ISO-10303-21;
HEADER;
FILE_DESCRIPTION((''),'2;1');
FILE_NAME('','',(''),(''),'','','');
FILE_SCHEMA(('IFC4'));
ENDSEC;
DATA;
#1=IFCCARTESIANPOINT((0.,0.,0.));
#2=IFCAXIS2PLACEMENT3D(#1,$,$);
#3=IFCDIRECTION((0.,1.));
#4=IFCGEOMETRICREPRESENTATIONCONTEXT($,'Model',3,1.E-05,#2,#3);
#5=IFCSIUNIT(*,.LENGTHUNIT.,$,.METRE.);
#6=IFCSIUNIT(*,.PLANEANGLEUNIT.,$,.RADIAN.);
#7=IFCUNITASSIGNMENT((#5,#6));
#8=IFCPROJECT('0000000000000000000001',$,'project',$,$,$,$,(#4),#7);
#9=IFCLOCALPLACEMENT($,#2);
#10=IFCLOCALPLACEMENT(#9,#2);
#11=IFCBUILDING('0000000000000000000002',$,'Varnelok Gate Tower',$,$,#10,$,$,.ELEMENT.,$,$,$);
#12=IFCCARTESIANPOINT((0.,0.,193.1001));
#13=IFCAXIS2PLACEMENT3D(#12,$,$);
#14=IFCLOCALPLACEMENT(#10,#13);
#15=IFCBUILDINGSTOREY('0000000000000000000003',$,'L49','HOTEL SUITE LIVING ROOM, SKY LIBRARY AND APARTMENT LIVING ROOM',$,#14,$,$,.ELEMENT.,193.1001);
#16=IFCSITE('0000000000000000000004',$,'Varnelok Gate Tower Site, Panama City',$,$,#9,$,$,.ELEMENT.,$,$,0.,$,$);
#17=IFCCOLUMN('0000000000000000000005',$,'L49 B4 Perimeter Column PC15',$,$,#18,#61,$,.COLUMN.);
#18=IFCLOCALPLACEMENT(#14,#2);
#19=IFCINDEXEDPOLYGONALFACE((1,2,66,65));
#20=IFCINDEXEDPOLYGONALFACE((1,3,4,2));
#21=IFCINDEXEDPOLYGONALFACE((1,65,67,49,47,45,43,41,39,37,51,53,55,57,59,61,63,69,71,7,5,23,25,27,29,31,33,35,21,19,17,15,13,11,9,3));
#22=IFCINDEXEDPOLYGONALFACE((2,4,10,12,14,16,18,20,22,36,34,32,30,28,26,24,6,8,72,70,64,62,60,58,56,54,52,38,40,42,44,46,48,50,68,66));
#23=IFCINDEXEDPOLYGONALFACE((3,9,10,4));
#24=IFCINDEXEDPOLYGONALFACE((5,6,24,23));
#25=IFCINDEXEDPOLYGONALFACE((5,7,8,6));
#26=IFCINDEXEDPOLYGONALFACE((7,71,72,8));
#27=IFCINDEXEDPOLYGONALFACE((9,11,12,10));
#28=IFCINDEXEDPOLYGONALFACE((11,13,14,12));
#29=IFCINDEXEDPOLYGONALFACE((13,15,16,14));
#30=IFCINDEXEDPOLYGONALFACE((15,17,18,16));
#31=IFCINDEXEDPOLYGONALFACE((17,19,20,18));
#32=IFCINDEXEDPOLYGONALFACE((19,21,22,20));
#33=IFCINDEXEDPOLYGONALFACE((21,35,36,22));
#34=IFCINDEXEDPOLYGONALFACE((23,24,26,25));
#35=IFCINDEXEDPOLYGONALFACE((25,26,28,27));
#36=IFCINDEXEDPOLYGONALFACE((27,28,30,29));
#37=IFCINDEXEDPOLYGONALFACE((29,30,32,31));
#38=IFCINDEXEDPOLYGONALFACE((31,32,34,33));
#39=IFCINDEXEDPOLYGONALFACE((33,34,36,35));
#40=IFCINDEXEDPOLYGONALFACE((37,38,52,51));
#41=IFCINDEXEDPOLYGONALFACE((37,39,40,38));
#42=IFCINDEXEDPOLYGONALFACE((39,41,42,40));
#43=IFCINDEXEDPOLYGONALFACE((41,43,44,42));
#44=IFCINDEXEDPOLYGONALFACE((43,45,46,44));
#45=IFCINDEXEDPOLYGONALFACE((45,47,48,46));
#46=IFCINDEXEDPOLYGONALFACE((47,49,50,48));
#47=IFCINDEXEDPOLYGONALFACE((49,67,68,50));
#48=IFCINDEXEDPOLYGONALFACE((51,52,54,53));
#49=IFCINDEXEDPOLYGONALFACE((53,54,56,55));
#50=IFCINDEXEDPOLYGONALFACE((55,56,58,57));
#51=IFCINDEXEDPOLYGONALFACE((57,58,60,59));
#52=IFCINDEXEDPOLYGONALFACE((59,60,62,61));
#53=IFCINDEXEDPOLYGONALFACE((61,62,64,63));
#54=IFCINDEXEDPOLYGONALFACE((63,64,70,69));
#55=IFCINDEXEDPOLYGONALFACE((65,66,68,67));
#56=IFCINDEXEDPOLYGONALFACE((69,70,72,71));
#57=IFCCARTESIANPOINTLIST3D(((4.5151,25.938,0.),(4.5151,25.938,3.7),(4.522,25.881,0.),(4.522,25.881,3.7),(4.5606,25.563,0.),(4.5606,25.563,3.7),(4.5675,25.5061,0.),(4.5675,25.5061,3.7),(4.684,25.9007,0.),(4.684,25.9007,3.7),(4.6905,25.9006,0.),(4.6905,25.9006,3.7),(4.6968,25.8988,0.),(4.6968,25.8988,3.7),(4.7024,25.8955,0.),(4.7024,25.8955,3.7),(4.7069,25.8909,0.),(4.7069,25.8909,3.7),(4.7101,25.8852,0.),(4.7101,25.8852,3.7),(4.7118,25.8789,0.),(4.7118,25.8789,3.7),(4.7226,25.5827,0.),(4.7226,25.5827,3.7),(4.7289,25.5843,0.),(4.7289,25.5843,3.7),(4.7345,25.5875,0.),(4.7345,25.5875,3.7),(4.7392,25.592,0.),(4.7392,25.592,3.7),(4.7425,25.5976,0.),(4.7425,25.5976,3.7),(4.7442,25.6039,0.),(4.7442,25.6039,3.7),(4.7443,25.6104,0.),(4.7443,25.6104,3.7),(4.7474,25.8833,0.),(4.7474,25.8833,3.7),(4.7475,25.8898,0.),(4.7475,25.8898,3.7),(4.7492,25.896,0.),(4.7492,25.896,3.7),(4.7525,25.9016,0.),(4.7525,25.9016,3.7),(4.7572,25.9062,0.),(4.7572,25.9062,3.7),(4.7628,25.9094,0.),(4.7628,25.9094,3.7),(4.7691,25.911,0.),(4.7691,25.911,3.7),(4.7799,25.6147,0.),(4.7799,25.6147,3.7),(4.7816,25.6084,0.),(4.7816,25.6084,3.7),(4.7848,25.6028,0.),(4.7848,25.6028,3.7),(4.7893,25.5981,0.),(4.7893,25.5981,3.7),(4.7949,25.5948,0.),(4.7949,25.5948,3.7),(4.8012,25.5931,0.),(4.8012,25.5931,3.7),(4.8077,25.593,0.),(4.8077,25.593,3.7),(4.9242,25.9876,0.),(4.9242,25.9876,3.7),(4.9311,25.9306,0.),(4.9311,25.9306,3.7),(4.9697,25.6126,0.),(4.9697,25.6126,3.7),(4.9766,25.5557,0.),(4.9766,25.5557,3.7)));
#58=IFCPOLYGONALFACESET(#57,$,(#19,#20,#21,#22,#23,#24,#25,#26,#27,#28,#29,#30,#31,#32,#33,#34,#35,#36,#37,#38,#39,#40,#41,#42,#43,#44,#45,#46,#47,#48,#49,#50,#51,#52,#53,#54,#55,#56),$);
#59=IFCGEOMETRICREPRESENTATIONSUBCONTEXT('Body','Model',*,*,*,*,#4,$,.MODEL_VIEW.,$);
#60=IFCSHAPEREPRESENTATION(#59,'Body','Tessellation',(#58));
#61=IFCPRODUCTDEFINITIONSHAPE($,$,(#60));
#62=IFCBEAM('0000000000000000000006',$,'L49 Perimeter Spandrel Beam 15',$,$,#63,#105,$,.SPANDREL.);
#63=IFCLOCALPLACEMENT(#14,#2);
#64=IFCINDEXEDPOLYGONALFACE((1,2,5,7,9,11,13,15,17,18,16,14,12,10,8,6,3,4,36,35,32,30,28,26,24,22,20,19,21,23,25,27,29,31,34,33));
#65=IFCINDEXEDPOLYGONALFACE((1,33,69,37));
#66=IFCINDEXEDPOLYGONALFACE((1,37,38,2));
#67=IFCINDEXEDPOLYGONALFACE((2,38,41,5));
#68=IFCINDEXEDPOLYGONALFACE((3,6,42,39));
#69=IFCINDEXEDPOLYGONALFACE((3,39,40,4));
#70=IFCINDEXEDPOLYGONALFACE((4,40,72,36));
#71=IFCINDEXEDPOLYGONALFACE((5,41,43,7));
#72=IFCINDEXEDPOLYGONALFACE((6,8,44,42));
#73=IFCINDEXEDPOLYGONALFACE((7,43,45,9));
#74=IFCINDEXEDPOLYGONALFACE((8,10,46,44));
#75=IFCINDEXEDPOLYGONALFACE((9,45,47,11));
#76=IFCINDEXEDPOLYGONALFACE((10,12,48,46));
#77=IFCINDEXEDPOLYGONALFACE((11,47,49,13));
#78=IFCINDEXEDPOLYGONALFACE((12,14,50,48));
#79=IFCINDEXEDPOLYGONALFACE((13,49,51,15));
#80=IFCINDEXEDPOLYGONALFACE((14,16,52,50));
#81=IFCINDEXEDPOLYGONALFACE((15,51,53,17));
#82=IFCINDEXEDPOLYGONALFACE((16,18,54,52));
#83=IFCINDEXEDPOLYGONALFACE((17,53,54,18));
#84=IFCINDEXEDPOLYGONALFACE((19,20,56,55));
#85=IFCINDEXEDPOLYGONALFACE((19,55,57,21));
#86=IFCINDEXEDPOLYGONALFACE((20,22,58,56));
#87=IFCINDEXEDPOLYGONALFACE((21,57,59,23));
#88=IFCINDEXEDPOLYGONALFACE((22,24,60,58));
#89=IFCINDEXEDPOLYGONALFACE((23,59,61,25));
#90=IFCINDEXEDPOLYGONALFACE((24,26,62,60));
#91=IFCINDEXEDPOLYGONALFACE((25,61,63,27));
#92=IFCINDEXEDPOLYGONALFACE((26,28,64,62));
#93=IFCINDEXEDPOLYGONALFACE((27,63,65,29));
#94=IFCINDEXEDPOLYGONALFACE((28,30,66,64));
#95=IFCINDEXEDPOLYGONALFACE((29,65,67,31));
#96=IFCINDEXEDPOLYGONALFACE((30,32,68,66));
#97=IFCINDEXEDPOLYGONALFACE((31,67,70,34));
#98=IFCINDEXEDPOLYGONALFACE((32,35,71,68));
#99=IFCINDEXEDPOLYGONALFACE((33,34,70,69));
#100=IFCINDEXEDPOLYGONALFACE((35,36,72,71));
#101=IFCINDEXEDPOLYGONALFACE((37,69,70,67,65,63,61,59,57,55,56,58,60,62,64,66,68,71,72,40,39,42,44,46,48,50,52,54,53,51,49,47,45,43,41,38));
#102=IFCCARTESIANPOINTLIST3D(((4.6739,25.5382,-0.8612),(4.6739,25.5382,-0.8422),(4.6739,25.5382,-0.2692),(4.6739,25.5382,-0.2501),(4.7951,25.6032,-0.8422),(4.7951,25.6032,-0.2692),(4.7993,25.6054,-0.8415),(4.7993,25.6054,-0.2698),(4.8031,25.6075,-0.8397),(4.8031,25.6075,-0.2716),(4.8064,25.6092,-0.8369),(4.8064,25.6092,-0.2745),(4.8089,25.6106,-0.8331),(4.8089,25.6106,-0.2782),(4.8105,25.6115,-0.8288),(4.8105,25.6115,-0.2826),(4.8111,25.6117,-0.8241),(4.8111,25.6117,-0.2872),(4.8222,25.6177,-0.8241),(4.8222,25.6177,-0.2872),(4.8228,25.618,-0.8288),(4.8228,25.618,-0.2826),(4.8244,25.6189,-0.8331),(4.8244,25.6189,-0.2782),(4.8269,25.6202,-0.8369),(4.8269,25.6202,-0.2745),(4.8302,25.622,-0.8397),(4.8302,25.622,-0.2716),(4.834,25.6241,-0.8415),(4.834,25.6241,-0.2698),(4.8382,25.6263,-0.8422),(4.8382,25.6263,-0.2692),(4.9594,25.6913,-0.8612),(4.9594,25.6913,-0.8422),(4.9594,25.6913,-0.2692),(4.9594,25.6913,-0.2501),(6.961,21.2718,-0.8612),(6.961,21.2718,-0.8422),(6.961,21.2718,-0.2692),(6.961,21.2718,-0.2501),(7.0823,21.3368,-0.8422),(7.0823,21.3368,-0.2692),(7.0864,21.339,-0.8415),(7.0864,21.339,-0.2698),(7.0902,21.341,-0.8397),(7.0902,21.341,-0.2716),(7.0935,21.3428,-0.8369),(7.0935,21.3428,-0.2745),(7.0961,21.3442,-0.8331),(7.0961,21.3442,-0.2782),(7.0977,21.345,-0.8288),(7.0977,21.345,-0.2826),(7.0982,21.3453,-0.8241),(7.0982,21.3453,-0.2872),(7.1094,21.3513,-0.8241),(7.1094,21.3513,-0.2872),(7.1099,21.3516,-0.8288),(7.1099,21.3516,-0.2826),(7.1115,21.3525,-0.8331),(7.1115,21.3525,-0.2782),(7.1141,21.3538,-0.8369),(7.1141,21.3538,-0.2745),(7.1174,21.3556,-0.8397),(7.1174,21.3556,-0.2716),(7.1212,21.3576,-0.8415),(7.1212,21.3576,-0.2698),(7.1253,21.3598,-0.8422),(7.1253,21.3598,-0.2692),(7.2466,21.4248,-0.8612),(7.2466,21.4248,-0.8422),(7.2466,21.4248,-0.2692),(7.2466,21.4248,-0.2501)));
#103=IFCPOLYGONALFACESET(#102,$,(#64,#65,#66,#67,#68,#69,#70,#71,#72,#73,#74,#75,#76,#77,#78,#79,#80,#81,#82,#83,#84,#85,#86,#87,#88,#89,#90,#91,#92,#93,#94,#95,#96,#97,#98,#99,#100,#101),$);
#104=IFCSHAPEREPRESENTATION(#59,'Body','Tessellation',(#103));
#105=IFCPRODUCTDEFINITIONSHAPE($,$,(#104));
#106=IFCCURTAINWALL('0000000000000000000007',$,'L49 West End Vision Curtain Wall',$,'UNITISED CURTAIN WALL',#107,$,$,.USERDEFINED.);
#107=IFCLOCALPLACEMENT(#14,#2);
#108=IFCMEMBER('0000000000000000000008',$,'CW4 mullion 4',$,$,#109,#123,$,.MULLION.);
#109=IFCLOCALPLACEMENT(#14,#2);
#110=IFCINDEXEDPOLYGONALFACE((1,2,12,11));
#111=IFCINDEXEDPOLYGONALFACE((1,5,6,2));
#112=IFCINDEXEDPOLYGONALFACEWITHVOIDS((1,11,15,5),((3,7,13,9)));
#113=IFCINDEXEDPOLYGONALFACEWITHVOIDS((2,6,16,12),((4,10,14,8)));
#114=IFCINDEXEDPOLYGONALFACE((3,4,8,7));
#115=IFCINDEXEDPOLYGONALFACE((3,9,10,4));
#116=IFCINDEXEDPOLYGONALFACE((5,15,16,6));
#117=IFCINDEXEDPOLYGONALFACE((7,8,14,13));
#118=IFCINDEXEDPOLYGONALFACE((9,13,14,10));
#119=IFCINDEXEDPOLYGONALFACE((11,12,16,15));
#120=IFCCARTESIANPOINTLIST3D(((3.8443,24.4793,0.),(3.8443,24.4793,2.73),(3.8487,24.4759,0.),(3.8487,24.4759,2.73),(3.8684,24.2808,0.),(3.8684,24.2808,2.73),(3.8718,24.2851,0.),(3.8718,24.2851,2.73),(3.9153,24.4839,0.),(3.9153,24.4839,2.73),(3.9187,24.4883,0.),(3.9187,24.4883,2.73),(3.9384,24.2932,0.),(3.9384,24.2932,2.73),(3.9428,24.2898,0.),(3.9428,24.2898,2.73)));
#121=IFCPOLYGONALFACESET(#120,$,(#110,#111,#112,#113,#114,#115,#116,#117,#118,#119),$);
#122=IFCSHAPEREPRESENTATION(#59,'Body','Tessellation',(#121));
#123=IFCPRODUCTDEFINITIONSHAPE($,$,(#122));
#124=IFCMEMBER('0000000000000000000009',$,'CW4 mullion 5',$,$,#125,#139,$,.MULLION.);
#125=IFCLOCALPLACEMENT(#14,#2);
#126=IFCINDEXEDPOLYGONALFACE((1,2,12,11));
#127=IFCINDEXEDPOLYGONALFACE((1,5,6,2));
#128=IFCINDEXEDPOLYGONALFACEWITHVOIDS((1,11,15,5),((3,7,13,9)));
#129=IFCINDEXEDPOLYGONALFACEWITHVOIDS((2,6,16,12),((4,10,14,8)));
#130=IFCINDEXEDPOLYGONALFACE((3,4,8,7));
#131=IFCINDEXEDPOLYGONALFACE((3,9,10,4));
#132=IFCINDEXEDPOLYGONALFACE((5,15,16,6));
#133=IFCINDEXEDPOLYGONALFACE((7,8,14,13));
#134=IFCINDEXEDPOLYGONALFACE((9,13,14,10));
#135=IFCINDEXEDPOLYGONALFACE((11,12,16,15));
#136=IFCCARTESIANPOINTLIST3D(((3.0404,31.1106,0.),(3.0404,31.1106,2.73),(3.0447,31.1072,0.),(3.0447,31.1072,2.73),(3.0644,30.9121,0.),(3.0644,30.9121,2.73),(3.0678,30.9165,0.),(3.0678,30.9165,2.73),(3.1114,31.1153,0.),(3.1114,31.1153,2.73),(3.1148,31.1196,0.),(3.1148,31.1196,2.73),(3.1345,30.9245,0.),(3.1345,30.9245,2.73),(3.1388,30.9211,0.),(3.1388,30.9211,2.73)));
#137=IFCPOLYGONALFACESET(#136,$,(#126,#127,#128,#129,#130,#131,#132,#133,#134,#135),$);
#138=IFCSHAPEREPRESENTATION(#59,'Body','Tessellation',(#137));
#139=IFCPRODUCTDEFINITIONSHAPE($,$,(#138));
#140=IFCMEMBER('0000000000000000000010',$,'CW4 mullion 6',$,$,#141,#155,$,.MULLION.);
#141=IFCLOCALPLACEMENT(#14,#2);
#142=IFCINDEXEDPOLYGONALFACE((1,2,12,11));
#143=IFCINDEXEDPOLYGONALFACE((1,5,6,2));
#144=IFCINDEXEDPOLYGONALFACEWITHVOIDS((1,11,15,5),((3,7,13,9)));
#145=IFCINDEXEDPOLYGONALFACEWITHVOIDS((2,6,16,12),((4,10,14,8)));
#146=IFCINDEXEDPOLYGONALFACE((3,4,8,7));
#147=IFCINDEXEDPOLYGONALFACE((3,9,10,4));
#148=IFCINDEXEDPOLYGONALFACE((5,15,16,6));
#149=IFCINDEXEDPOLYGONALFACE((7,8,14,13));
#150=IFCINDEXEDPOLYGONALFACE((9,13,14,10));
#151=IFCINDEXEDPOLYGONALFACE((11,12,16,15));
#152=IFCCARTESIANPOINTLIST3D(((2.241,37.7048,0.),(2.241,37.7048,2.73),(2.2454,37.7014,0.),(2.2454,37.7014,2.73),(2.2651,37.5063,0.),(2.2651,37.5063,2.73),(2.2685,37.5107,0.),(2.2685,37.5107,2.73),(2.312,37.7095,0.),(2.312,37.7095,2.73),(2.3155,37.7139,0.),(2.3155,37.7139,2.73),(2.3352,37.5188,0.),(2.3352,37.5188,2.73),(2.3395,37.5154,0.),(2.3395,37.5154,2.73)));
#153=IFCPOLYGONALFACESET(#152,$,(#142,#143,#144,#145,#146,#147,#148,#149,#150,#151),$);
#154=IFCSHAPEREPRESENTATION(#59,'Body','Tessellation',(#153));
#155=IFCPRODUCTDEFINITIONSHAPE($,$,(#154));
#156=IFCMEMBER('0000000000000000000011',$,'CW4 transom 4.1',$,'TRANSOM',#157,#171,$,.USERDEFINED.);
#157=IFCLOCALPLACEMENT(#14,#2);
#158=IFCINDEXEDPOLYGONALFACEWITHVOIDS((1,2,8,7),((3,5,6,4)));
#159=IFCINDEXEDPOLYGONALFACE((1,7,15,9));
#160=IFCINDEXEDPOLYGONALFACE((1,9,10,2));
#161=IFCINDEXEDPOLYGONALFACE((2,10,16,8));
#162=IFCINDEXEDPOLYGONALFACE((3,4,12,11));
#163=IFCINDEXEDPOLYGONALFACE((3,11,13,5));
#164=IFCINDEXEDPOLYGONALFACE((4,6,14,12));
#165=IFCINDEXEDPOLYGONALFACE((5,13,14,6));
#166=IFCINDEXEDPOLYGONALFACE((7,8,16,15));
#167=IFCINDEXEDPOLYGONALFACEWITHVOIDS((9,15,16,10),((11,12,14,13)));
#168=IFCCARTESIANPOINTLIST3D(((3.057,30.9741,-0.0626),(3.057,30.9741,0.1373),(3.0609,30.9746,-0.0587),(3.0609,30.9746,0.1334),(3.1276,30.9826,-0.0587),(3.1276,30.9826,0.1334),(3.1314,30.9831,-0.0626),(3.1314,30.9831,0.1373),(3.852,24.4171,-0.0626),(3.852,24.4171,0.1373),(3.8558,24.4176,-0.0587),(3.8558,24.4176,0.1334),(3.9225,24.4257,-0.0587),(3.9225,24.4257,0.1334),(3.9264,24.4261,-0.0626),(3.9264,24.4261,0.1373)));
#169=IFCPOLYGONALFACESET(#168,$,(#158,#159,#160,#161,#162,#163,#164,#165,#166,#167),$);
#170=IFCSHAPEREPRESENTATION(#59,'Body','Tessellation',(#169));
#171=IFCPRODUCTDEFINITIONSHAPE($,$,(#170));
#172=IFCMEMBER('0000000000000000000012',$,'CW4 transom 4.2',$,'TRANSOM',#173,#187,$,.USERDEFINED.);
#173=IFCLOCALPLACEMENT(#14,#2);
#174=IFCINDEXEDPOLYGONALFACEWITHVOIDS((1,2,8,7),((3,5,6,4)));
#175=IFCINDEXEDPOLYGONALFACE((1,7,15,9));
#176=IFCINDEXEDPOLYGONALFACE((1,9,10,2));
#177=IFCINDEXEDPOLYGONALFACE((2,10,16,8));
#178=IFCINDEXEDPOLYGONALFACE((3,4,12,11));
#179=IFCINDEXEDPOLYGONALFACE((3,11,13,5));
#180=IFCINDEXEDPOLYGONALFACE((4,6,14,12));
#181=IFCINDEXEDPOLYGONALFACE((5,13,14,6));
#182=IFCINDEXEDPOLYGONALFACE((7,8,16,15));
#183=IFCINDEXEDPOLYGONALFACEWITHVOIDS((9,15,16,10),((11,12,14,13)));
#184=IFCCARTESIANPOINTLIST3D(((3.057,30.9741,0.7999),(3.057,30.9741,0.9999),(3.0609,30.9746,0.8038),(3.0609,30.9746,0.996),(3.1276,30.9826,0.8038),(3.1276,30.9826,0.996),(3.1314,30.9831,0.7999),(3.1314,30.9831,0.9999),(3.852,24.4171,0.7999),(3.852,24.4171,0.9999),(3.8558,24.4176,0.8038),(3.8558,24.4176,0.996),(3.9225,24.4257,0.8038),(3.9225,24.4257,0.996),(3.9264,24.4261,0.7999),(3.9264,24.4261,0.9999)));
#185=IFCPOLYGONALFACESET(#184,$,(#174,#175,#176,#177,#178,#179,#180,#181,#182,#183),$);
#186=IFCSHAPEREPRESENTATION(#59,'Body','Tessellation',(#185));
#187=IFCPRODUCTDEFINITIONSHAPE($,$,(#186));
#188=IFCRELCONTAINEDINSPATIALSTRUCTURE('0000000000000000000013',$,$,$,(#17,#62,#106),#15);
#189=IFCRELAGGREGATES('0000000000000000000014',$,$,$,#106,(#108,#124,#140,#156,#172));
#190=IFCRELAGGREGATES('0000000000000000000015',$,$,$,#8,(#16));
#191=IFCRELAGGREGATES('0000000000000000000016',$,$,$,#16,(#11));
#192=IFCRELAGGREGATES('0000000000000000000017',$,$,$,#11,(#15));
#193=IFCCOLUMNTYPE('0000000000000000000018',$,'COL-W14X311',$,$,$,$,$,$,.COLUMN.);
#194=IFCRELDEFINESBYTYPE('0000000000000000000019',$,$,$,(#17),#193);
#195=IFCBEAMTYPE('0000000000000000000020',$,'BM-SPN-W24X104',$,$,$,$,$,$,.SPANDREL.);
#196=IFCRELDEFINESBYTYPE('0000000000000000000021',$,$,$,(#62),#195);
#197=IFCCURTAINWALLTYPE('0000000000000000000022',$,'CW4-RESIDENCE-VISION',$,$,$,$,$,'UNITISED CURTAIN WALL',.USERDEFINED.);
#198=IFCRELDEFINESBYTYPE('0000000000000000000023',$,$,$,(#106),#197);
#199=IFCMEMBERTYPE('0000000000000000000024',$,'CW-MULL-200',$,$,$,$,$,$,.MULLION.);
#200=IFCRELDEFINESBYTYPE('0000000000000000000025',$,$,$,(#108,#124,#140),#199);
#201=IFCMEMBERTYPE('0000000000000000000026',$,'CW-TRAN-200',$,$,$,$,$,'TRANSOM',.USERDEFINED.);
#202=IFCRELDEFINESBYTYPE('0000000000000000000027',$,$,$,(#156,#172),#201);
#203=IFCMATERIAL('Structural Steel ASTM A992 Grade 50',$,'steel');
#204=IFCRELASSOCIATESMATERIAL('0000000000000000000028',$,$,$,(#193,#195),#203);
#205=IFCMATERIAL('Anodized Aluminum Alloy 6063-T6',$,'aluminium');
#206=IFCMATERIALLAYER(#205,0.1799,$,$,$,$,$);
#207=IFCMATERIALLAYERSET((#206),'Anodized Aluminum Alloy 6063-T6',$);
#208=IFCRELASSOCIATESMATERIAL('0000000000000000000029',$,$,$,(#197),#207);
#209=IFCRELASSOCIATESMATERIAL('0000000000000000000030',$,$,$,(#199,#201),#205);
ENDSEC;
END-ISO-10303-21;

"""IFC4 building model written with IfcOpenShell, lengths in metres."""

from ifc_helpers import new_model, si_unit, direction, frame, origin, origin_2d, place, context, subcontext, project, spatial, hollow_rectangle, i_section, extrude, material, layer, layer_set, material_profile, profile_set, type_object, element, aggregate, save


model = new_model("IFC4")

# Units and contexts
model_context = context("Model", 3, precision=1e-05, world=origin(), true_north=direction((0.0, 1.0)))
body_context = subcontext(model_context, "Body", "Model", "MODEL_VIEW")
ifc_project = project(units=[si_unit("LENGTHUNIT", "METRE"), si_unit("PLANEANGLEUNIT", "RADIAN")], contexts=[model_context])

# Site, building, storey
site_placement = place(None, origin())
site = spatial("IfcSite", under=ifc_project, at=site_placement, Name="Varnelok Gate Tower Site, Panama City", CompositionType="ELEMENT", RefElevation=0.0)
building_placement = place(site_placement, origin())
building = spatial("IfcBuilding", under=site, at=building_placement, Name="Varnelok Gate Tower", CompositionType="ELEMENT")
storey_placement = place(building_placement, frame((0.0, 0.0, 193.1001)))
storey = spatial("IfcBuildingStorey", under=building, at=storey_placement, Name="L49", Description="HOTEL SUITE LIVING ROOM, SKY LIBRARY AND APARTMENT LIVING ROOM", CompositionType="ELEMENT", Elevation=193.1001)

# Column
ifc_material_1 = material(Name="Structural Steel ASTM A992 Grade 50", Category="steel")
ifc_material_profile_1 = material_profile(ifc_material_1, i_section(OverallWidth=0.4121, OverallDepth=0.4351, WebThickness=0.0359, FlangeThickness=0.0574, FilletRadius=0.0249, at=origin_2d()), Name="W14X311")
ifc_profile_set_1 = profile_set([ifc_material_profile_1], Name="Structural Steel ASTM A992 Grade 50")
column_type = type_object("IfcColumnType", Name="COL-W14X311", PredefinedType="COLUMN", material=ifc_profile_set_1)
column_placement = place(storey_placement, frame((4.7458, 25.7468, 0.0), z_axis=(0.0, 0.0, 1.0), x_axis=(0.992732, 0.120345, 0.0)))
element("IfcColumn", 1, at=column_placement, inside=storey, type_object=column_type, Name="L49 B4 Perimeter Column PC15", PredefinedType="COLUMN", context=body_context, shape_type="SweptSolid", body=[
    extrude(i_section(OverallWidth=0.4121, OverallDepth=0.4351, WebThickness=0.0359, FlangeThickness=0.0574, FilletRadius=0.0249, at=origin_2d()), origin(), (0.0, 0.0, 1.0), 3.7),
])

# Beam
ifc_material_profile_2 = material_profile(ifc_material_1, i_section(OverallWidth=0.324, OverallDepth=0.6111, WebThickness=0.0127, FlangeThickness=0.019, FilletRadius=0.0181, at=origin_2d()), Name="W24X104")
ifc_profile_set_2 = profile_set([ifc_material_profile_2], Name="Structural Steel ASTM A992 Grade 50")
beam_type = type_object("IfcBeamType", Name="BM-SPN-W24X104", PredefinedType="SPANDREL", material=ifc_profile_set_2)
beam_placement = place(storey_placement, frame((4.8167, 25.6147, -0.5557), z_axis=(0.472472, -0.881346, 0.0), x_axis=(0.881346, 0.472472, 0.0)))
element("IfcBeam", 2, at=beam_placement, inside=storey, type_object=beam_type, Name="L49 Perimeter Spandrel Beam 15", PredefinedType="SPANDREL", context=body_context, shape_type="SweptSolid", body=[
    extrude(i_section(OverallWidth=0.324, OverallDepth=0.6111, WebThickness=0.0127, FlangeThickness=0.019, FilletRadius=0.0181, at=origin_2d()), origin(), (0.0, 0.0, 1.0), 4.8408),
])

# Curtain wall, members
ifc_material_2 = material(Name="Anodized Aluminum Alloy 6063-T6", Category="aluminium")
ifc_layer_1 = layer(ifc_material_2, 0.1799)
ifc_layer_set_1 = layer_set([ifc_layer_1], Name="Anodized Aluminum Alloy 6063-T6")
curtain_wall_type = type_object("IfcCurtainWallType", Name="CW4-RESIDENCE-VISION", ElementType="UNITISED CURTAIN WALL", PredefinedType="USERDEFINED", material=ifc_layer_set_1)
curtain_wall_placement = place(storey_placement, origin())
curtain_wall = element("IfcCurtainWall", 3, at=curtain_wall_placement, inside=storey, type_object=curtain_wall_type, Name="L49 West End Vision Curtain Wall", ObjectType="UNITISED CURTAIN WALL", PredefinedType="USERDEFINED")
ifc_material_profile_3 = material_profile(ifc_material_2, hollow_rectangle(XDim=0.075, YDim=0.2, WallThickness=0.0039, at=origin_2d()), Name="ALU200X75X4")
ifc_profile_set_3 = profile_set([ifc_material_profile_3], Name="Anodized Aluminum Alloy 6063-T6")
member_type_1 = type_object("IfcMemberType", Name="CW-MULL-200", PredefinedType="MULLION", material=ifc_profile_set_3)
member_1_placement = place(storey_placement, frame((3.8936, 24.3845, 0.0), z_axis=(0.0, 0.0, 1.0), x_axis=(-0.992732, -0.120345, 0.0)))
member_1 = element("IfcMember", 4, at=member_1_placement, type_object=member_type_1, Name="CW4 mullion 4", PredefinedType="MULLION", context=body_context, shape_type="SweptSolid", body=[
    extrude(hollow_rectangle(XDim=0.075, YDim=0.2, WallThickness=0.0039, at=origin_2d()), origin(), (0.0, 0.0, 1.0), 2.73),
])
member_2_placement = place(storey_placement, frame((3.0896, 31.0159, 0.0), z_axis=(0.0, 0.0, 1.0), x_axis=(-0.992732, -0.120345, 0.0)))
member_2 = element("IfcMember", 5, at=member_2_placement, type_object=member_type_1, Name="CW4 mullion 5", PredefinedType="MULLION", context=body_context, shape_type="SweptSolid", body=[
    extrude(hollow_rectangle(XDim=0.075, YDim=0.2, WallThickness=0.0039, at=origin_2d()), origin(), (0.0, 0.0, 1.0), 2.73),
])
member_3_placement = place(storey_placement, frame((2.2903, 37.6101, 0.0), z_axis=(0.0, 0.0, 1.0), x_axis=(-0.992732, -0.120345, 0.0)))
member_3 = element("IfcMember", 6, at=member_3_placement, type_object=member_type_1, Name="CW4 mullion 6", PredefinedType="MULLION", context=body_context, shape_type="SweptSolid", body=[
    extrude(hollow_rectangle(XDim=0.075, YDim=0.2, WallThickness=0.0039, at=origin_2d()), origin(), (0.0, 0.0, 1.0), 2.73),
])
ifc_material_profile_4 = material_profile(ifc_material_2, hollow_rectangle(XDim=0.075, YDim=0.2, WallThickness=0.0039, at=origin_2d()), Name="ALU200X75X4")
ifc_profile_set_4 = profile_set([ifc_material_profile_4], Name="Anodized Aluminum Alloy 6063-T6")
member_type_2 = type_object("IfcMemberType", Name="CW-TRAN-200", ElementType="TRANSOM", PredefinedType="USERDEFINED", material=ifc_profile_set_4)
member_4_placement = place(storey_placement, frame((3.8892, 24.4216, 0.0374), z_axis=(-0.120353, 0.992731, 0.0), x_axis=(-0.992731, -0.120353, 0.0)))
member_4 = element("IfcMember", 7, at=member_4_placement, type_object=member_type_2, Name="CW4 transom 4.1", ObjectType="TRANSOM", PredefinedType="USERDEFINED", context=body_context, shape_type="SweptSolid", body=[
    extrude(hollow_rectangle(XDim=0.075, YDim=0.2, WallThickness=0.0039, at=origin_2d()), origin(), (0.0, 0.0, 1.0), 6.605),
])
member_5_placement = place(storey_placement, frame((3.8892, 24.4216, 0.8999), z_axis=(-0.120353, 0.992731, 0.0), x_axis=(-0.992731, -0.120353, 0.0)))
member_5 = element("IfcMember", 8, at=member_5_placement, type_object=member_type_2, Name="CW4 transom 4.2", ObjectType="TRANSOM", PredefinedType="USERDEFINED", context=body_context, shape_type="SweptSolid", body=[
    extrude(hollow_rectangle(XDim=0.075, YDim=0.2, WallThickness=0.0039, at=origin_2d()), origin(), (0.0, 0.0, 1.0), 6.605),
])
aggregate(curtain_wall, [member_1, member_2, member_3, member_4, member_5])

save(model, "model.ifc")
